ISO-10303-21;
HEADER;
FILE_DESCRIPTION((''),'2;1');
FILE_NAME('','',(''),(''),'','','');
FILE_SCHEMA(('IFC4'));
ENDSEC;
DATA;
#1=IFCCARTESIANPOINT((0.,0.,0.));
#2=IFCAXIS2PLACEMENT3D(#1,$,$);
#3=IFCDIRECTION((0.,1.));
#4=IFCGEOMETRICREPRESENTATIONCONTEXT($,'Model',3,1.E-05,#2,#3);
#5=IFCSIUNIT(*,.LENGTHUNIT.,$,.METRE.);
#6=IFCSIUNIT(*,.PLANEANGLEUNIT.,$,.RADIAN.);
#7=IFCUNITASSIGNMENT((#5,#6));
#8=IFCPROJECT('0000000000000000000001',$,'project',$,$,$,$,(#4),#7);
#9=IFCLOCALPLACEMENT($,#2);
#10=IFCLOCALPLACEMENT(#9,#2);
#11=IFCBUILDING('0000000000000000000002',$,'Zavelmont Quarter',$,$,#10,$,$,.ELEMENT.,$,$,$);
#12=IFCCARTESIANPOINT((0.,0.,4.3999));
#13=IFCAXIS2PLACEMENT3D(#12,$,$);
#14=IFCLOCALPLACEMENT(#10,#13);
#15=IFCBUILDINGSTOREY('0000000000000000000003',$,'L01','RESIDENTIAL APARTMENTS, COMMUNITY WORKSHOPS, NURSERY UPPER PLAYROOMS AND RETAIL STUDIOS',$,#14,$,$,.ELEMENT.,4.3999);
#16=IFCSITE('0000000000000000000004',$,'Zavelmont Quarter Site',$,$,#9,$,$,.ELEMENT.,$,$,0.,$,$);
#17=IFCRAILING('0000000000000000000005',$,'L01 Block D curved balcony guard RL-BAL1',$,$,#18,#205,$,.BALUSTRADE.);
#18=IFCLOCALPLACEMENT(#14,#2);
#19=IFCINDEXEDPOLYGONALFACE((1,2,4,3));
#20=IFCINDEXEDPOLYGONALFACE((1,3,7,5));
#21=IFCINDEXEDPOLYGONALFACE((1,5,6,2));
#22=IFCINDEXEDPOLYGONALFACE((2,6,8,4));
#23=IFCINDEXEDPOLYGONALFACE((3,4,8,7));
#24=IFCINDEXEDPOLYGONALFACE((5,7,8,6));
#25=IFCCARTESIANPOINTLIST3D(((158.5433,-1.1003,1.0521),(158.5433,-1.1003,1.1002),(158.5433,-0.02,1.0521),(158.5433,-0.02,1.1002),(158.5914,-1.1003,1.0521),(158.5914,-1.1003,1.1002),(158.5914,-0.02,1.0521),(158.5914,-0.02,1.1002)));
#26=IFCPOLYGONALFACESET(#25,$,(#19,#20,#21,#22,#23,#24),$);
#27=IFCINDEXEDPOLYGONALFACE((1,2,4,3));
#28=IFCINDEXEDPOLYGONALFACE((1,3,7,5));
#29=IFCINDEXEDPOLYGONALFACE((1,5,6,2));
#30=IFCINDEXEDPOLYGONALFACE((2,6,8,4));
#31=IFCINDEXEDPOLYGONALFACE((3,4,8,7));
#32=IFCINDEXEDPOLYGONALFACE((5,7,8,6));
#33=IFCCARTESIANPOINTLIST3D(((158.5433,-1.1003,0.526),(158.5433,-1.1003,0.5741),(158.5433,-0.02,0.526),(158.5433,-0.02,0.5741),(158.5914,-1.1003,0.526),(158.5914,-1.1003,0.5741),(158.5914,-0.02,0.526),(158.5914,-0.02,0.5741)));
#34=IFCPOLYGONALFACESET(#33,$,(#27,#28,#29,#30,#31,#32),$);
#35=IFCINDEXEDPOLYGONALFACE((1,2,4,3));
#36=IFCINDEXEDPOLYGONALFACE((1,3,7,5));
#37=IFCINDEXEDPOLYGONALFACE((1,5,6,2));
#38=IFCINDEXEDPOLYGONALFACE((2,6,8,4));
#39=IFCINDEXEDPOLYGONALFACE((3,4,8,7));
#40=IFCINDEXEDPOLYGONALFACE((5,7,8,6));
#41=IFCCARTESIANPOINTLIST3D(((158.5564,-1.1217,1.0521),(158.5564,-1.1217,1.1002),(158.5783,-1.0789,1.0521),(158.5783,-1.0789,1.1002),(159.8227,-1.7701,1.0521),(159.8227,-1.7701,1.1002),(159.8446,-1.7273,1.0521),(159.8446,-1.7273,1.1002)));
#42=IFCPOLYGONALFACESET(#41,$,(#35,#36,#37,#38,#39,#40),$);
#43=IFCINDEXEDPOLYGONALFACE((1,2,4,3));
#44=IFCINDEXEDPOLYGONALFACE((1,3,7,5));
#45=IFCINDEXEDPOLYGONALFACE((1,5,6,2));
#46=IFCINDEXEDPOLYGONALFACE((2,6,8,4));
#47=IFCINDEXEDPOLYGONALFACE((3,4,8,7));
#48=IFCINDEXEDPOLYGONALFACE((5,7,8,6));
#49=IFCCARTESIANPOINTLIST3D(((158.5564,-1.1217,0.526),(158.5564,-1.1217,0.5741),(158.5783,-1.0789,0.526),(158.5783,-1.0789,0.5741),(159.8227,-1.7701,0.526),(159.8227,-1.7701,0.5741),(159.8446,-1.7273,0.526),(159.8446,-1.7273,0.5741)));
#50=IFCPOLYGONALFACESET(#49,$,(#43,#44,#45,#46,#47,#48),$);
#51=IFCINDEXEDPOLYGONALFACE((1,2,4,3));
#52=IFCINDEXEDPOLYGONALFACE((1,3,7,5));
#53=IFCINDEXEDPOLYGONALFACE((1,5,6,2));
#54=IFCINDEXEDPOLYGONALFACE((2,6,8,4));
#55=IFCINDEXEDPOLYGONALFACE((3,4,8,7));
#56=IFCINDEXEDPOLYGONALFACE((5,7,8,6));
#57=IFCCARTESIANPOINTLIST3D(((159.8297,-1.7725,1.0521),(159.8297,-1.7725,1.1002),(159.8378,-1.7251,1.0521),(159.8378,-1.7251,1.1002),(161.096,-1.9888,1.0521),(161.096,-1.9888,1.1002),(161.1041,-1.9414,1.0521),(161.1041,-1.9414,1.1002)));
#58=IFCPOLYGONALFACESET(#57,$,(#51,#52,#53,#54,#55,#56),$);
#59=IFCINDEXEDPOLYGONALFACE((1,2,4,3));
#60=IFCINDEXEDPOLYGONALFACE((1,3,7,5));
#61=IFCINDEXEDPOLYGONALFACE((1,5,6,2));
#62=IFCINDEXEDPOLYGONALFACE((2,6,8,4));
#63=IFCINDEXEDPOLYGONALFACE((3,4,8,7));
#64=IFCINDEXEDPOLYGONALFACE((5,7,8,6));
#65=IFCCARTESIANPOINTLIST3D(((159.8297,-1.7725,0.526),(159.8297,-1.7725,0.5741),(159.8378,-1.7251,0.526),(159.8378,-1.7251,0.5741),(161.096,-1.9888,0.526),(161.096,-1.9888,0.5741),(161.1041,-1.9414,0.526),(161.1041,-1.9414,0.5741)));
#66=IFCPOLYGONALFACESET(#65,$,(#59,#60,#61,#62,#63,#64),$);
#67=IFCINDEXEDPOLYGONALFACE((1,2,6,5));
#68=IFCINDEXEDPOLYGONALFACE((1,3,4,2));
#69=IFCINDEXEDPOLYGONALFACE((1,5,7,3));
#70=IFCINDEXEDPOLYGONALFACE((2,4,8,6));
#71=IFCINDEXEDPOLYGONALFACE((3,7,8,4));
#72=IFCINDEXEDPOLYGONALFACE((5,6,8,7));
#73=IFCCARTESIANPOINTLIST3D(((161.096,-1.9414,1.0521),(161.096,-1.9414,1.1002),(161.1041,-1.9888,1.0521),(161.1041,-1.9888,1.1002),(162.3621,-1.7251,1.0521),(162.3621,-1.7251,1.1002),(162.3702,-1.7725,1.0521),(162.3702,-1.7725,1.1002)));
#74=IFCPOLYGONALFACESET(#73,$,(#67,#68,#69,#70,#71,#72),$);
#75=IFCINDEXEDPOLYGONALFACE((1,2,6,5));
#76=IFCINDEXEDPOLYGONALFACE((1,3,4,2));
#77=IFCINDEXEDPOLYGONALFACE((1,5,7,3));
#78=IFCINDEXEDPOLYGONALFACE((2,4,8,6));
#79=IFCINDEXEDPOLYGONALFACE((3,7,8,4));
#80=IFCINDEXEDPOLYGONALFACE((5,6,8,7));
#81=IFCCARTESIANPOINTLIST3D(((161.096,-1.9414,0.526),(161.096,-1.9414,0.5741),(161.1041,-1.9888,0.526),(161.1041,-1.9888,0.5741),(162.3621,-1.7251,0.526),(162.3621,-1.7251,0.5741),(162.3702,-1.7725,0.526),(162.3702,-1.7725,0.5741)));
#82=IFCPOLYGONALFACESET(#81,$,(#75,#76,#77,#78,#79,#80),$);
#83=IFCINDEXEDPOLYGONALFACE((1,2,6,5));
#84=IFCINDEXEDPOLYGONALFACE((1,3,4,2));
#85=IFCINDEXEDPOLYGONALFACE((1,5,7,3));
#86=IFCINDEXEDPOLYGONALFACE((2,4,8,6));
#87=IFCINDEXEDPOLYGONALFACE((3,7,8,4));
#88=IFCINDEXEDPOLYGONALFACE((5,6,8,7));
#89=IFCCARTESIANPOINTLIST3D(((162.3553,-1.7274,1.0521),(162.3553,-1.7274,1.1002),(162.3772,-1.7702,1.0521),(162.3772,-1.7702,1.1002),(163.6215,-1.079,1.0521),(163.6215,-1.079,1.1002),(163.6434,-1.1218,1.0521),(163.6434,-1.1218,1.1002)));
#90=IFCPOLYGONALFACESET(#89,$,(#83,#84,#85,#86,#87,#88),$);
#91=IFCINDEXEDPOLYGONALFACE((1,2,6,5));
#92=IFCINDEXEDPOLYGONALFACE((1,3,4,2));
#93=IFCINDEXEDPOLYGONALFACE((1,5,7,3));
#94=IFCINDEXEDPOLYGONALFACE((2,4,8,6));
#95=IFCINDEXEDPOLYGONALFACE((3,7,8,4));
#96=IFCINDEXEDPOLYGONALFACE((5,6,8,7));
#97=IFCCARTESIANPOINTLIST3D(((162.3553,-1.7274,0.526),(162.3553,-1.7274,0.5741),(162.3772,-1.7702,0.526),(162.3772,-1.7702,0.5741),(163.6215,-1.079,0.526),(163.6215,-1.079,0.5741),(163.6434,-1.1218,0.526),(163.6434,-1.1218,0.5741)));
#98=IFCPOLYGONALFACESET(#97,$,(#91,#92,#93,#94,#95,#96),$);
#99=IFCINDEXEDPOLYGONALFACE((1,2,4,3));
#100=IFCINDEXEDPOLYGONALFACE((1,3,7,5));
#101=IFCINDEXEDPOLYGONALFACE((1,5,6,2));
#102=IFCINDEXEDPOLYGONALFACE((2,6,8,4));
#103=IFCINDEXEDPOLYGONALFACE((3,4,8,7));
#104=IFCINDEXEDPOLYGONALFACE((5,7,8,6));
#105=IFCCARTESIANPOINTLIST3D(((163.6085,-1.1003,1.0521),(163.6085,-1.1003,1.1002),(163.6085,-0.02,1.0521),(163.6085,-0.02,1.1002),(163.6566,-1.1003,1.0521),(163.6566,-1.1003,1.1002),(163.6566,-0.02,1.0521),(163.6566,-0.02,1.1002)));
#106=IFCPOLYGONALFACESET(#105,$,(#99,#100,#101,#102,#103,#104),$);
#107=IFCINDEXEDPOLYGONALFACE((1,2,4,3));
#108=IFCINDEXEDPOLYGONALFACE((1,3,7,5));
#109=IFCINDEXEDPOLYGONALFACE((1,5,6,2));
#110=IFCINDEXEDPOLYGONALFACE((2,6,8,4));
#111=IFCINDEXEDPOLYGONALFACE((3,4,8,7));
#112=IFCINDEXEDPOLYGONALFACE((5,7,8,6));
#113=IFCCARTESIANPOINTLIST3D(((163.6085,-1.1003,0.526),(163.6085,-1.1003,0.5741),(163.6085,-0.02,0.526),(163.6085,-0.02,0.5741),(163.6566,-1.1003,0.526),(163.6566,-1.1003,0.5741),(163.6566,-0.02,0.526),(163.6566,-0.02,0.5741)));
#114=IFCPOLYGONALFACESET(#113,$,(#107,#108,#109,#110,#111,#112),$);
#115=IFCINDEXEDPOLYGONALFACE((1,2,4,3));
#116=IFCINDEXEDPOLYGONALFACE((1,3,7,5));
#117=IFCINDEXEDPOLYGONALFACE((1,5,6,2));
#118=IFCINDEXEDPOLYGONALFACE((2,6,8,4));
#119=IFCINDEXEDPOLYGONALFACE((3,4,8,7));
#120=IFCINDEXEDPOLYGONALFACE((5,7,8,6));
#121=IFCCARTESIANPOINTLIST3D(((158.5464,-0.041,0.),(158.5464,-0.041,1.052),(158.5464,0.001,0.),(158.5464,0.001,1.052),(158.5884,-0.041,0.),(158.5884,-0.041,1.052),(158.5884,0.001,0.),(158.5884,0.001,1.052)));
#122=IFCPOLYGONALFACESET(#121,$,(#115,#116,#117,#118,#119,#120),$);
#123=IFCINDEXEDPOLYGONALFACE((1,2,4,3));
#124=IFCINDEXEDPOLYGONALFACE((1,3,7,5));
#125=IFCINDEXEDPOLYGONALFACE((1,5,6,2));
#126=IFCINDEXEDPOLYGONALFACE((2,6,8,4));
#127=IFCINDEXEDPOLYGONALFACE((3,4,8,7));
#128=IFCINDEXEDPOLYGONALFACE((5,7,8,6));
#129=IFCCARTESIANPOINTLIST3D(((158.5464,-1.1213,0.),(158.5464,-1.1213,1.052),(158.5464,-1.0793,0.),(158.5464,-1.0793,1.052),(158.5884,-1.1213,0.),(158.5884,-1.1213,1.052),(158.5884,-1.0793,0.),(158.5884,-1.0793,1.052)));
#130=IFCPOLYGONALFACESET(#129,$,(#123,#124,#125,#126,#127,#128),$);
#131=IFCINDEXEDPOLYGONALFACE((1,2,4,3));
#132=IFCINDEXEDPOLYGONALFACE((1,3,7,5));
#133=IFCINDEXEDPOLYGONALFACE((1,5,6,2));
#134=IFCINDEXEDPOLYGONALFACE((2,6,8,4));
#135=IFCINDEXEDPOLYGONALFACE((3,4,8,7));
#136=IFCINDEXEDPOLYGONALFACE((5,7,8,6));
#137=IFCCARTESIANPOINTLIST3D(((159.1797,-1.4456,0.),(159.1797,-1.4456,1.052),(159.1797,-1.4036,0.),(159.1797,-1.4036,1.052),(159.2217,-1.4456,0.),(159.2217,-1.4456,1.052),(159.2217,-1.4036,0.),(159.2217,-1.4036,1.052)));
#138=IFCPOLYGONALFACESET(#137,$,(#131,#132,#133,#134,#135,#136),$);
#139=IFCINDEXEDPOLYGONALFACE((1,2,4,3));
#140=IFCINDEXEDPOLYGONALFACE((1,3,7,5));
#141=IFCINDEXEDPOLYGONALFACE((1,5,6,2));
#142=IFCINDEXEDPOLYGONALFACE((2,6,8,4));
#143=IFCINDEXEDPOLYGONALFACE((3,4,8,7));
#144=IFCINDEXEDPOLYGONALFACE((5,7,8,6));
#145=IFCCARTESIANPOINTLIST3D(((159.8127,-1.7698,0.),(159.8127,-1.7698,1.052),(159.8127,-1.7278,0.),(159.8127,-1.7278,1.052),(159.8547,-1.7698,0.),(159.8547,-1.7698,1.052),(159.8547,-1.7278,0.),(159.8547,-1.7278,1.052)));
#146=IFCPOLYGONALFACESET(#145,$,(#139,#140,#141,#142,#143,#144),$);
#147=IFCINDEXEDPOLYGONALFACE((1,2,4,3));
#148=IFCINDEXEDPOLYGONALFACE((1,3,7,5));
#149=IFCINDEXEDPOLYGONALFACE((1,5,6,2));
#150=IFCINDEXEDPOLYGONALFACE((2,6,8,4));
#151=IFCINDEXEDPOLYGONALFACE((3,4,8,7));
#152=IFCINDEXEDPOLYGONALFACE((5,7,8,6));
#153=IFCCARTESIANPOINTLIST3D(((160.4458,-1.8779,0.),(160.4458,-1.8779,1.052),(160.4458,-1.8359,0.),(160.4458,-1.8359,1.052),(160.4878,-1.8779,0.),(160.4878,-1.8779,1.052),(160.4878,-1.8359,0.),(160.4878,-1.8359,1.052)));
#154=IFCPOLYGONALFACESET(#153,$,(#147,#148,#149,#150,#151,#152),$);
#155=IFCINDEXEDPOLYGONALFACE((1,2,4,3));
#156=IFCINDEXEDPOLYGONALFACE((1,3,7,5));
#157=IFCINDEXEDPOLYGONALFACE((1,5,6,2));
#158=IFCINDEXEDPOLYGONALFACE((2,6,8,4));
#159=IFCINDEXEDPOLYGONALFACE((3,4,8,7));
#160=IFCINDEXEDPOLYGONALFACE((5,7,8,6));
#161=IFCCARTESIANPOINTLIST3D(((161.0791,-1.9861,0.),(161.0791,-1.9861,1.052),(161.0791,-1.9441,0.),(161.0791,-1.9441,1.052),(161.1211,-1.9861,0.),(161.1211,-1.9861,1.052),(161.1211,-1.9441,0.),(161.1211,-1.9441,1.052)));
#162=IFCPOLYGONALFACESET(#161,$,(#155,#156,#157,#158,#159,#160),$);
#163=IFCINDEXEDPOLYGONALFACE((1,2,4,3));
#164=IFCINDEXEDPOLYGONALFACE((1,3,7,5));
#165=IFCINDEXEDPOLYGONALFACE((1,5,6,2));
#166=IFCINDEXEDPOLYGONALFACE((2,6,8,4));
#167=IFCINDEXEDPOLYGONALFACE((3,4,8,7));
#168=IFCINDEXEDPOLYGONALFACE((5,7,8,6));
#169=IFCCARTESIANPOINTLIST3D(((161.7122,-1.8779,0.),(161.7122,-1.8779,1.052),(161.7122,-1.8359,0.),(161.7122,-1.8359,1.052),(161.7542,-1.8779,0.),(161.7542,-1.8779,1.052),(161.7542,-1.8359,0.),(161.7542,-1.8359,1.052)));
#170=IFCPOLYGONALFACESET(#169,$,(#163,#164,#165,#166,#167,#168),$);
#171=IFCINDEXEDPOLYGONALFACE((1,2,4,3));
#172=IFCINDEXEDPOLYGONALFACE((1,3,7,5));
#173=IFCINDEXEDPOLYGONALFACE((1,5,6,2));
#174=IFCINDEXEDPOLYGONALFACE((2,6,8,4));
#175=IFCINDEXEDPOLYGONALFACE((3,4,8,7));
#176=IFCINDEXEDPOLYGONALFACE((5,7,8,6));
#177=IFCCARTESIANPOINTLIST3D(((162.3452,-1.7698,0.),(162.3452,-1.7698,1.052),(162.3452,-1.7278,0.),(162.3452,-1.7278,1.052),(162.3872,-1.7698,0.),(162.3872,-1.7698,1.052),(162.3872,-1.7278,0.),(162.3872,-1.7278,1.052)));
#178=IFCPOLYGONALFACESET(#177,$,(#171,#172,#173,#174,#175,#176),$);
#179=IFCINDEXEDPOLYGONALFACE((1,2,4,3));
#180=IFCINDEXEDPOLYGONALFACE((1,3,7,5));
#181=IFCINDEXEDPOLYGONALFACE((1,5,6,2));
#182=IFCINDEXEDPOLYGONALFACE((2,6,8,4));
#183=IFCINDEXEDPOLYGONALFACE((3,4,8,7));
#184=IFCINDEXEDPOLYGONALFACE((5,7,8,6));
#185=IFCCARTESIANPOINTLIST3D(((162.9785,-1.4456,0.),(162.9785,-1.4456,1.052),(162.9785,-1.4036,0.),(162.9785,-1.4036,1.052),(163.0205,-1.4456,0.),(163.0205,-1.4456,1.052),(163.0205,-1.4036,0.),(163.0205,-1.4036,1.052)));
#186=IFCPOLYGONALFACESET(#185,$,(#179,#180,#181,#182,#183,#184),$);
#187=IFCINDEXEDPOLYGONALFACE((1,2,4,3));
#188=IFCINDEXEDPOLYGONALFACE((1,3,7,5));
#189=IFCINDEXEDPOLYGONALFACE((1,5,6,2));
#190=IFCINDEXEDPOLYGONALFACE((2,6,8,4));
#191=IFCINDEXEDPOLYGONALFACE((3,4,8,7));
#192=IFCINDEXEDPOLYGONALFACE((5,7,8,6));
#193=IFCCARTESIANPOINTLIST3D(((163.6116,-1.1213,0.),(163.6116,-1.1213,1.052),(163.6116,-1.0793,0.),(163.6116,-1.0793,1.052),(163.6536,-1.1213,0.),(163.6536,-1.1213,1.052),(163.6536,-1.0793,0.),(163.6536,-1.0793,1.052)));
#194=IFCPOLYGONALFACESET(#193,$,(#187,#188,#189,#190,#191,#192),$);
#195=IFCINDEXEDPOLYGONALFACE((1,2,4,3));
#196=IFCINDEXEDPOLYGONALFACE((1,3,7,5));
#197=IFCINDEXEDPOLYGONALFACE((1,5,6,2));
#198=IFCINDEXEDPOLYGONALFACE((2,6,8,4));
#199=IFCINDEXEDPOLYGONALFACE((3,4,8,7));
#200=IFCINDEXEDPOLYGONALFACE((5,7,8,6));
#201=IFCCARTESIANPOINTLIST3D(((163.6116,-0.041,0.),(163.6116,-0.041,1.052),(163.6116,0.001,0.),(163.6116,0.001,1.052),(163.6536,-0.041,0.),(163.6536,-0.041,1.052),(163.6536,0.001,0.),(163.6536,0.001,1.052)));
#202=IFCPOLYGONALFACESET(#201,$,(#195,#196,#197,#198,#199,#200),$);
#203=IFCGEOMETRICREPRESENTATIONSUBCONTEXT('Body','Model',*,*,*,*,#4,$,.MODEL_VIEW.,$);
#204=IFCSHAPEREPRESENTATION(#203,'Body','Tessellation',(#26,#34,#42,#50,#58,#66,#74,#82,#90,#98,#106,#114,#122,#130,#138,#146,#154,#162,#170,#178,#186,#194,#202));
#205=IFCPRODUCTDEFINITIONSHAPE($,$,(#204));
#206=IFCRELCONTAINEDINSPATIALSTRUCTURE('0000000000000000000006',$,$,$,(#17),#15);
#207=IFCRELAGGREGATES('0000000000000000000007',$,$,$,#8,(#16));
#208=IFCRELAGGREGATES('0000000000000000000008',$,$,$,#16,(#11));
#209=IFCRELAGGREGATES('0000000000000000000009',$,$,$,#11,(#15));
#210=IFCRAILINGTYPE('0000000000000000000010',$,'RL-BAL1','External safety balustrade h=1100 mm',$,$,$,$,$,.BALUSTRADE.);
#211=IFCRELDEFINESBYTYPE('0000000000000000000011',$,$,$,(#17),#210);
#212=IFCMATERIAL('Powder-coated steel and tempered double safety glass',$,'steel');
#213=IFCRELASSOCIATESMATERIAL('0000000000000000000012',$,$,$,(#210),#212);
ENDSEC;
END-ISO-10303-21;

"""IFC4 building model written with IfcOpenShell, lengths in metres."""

from ifc_helpers import new_model, si_unit, direction, frame, origin, origin_2d, place, context, subcontext, project, spatial, rectangle, extrude, material, type_object, element, save


model = new_model("IFC4")

# Units and contexts
model_context = context("Model", 3, precision=1e-05, world=origin(), true_north=direction((0.0, 1.0)))
body_context = subcontext(model_context, "Body", "Model", "MODEL_VIEW")
ifc_project = project(units=[si_unit("LENGTHUNIT", "METRE"), si_unit("PLANEANGLEUNIT", "RADIAN")], contexts=[model_context])

# Site, building, storey
site_placement = place(None, origin())
site = spatial("IfcSite", under=ifc_project, at=site_placement, Name="Zavelmont Quarter Site", CompositionType="ELEMENT", RefElevation=0.0)
building_placement = place(site_placement, origin())
building = spatial("IfcBuilding", under=site, at=building_placement, Name="Zavelmont Quarter", CompositionType="ELEMENT")
storey_placement = place(building_placement, frame((0.0, 0.0, 4.3999)))
storey = spatial("IfcBuildingStorey", under=building, at=storey_placement, Name="L01", Description="RESIDENTIAL APARTMENTS, COMMUNITY WORKSHOPS, NURSERY UPPER PLAYROOMS AND RETAIL STUDIOS", CompositionType="ELEMENT", Elevation=4.3999)

# Railing
ifc_material_1 = material(Name="Powder-coated steel and tempered double safety glass", Category="steel")
railing_type = type_object("IfcRailingType", Name="RL-BAL1", Description="External safety balustrade h=1100 mm", PredefinedType="BALUSTRADE", material=ifc_material_1)
railing_1_placement = place(storey_placement, frame((158.5674, -0.02, 0.0)))
element("IfcRailing", 1, at=railing_1_placement, inside=storey, type_object=railing_type, Name="L01 Block D curved balcony guard RL-BAL1", PredefinedType="BALUSTRADE", context=body_context, shape_type="SweptSolid", body=[
    extrude(rectangle(XDim=0.0481, YDim=0.0481, at=origin_2d()), frame((0.0, 0.0, 1.0762), z_axis=(0.0, -1.0, 0.0), x_axis=(1.0, 0.0, 0.0)), (0.0, 0.0, 1.0), 1.0803),
    extrude(rectangle(XDim=0.0481, YDim=0.0481, at=origin_2d()), frame((0.0, 0.0, 0.55), z_axis=(0.0, -1.0, 0.0), x_axis=(1.0, 0.0, 0.0)), (0.0, 0.0, 1.0), 1.0803),
    extrude(rectangle(XDim=0.0481, YDim=0.0481, at=origin_2d()), frame((0.0, -1.0803, 1.0762), z_axis=(0.890096, -0.455773, 0.0), x_axis=(0.455773, 0.890096, 0.0)), (0.0, 0.0, 1.0), 1.4226),
    extrude(rectangle(XDim=0.0481, YDim=0.0481, at=origin_2d()), frame((0.0, -1.0803, 0.55), z_axis=(0.890096, -0.455773, 0.0), x_axis=(0.455773, 0.890096, 0.0)), (0.0, 0.0, 1.0), 1.4226),
    extrude(rectangle(XDim=0.0481, YDim=0.0481, at=origin_2d()), frame((1.2664, -1.7288, 1.0762), z_axis=(0.985723, -0.168373, 0.0), x_axis=(0.168373, 0.985723, 0.0)), (0.0, 0.0, 1.0), 1.2847),
    extrude(rectangle(XDim=0.0481, YDim=0.0481, at=origin_2d()), frame((1.2664, -1.7288, 0.55), z_axis=(0.985723, -0.168373, 0.0), x_axis=(0.168373, 0.985723, 0.0)), (0.0, 0.0, 1.0), 1.2847),
    extrude(rectangle(XDim=0.0481, YDim=0.0481, at=origin_2d()), frame((2.5327, -1.9451, 1.0762), z_axis=(0.985718, 0.168405, 0.0), x_axis=(-0.168405, 0.985718, 0.0)), (0.0, 0.0, 1.0), 1.2844),
    extrude(rectangle(XDim=0.0481, YDim=0.0481, at=origin_2d()), frame((2.5327, -1.9451, 0.55), z_axis=(0.985718, 0.168405, 0.0), x_axis=(-0.168405, 0.985718, 0.0)), (0.0, 0.0, 1.0), 1.2844),
    extrude(rectangle(XDim=0.0481, YDim=0.0481, at=origin_2d()), frame((3.7988, -1.7288, 1.0762), z_axis=(0.890096, 0.455773, 0.0), x_axis=(-0.455773, 0.890096, 0.0)), (0.0, 0.0, 1.0), 1.4226),
    extrude(rectangle(XDim=0.0481, YDim=0.0481, at=origin_2d()), frame((3.7988, -1.7288, 0.55), z_axis=(0.890096, 0.455773, 0.0), x_axis=(-0.455773, 0.890096, 0.0)), (0.0, 0.0, 1.0), 1.4226),
    extrude(rectangle(XDim=0.0481, YDim=0.0481, at=origin_2d()), frame((5.0652, -1.0803, 1.0762), z_axis=(0.0, 1.0, 0.0), x_axis=(-1.0, 0.0, 0.0)), (0.0, 0.0, 1.0), 1.0803),
    extrude(rectangle(XDim=0.0481, YDim=0.0481, at=origin_2d()), frame((5.0652, -1.0803, 0.55), z_axis=(0.0, 1.0, 0.0), x_axis=(-1.0, 0.0, 0.0)), (0.0, 0.0, 1.0), 1.0803),
    extrude(rectangle(XDim=0.042, YDim=0.042, at=origin_2d()), origin(), (0.0, 0.0, 1.0), 1.052),
    extrude(rectangle(XDim=0.042, YDim=0.042, at=origin_2d()), frame((0.0, -1.0803, 0.0)), (0.0, 0.0, 1.0), 1.052),
    extrude(rectangle(XDim=0.042, YDim=0.042, at=origin_2d()), frame((0.6333, -1.4045, 0.0)), (0.0, 0.0, 1.0), 1.052),
    extrude(rectangle(XDim=0.042, YDim=0.042, at=origin_2d()), frame((1.2664, -1.7288, 0.0)), (0.0, 0.0, 1.0), 1.052),
    extrude(rectangle(XDim=0.042, YDim=0.042, at=origin_2d()), frame((1.8994, -1.8369, 0.0)), (0.0, 0.0, 1.0), 1.052),
    extrude(rectangle(XDim=0.042, YDim=0.042, at=origin_2d()), frame((2.5327, -1.9451, 0.0)), (0.0, 0.0, 1.0), 1.052),
    extrude(rectangle(XDim=0.042, YDim=0.042, at=origin_2d()), frame((3.1658, -1.8369, 0.0)), (0.0, 0.0, 1.0), 1.052),
    extrude(rectangle(XDim=0.042, YDim=0.042, at=origin_2d()), frame((3.7988, -1.7288, 0.0)), (0.0, 0.0, 1.0), 1.052),
    extrude(rectangle(XDim=0.042, YDim=0.042, at=origin_2d()), frame((4.4321, -1.4045, 0.0)), (0.0, 0.0, 1.0), 1.052),
    extrude(rectangle(XDim=0.042, YDim=0.042, at=origin_2d()), frame((5.0652, -1.0803, 0.0)), (0.0, 0.0, 1.0), 1.052),
    extrude(rectangle(XDim=0.042, YDim=0.042, at=origin_2d()), frame((5.0652, 0.0, 0.0)), (0.0, 0.0, 1.0), 1.052),
])

save(model, "model.ifc")
